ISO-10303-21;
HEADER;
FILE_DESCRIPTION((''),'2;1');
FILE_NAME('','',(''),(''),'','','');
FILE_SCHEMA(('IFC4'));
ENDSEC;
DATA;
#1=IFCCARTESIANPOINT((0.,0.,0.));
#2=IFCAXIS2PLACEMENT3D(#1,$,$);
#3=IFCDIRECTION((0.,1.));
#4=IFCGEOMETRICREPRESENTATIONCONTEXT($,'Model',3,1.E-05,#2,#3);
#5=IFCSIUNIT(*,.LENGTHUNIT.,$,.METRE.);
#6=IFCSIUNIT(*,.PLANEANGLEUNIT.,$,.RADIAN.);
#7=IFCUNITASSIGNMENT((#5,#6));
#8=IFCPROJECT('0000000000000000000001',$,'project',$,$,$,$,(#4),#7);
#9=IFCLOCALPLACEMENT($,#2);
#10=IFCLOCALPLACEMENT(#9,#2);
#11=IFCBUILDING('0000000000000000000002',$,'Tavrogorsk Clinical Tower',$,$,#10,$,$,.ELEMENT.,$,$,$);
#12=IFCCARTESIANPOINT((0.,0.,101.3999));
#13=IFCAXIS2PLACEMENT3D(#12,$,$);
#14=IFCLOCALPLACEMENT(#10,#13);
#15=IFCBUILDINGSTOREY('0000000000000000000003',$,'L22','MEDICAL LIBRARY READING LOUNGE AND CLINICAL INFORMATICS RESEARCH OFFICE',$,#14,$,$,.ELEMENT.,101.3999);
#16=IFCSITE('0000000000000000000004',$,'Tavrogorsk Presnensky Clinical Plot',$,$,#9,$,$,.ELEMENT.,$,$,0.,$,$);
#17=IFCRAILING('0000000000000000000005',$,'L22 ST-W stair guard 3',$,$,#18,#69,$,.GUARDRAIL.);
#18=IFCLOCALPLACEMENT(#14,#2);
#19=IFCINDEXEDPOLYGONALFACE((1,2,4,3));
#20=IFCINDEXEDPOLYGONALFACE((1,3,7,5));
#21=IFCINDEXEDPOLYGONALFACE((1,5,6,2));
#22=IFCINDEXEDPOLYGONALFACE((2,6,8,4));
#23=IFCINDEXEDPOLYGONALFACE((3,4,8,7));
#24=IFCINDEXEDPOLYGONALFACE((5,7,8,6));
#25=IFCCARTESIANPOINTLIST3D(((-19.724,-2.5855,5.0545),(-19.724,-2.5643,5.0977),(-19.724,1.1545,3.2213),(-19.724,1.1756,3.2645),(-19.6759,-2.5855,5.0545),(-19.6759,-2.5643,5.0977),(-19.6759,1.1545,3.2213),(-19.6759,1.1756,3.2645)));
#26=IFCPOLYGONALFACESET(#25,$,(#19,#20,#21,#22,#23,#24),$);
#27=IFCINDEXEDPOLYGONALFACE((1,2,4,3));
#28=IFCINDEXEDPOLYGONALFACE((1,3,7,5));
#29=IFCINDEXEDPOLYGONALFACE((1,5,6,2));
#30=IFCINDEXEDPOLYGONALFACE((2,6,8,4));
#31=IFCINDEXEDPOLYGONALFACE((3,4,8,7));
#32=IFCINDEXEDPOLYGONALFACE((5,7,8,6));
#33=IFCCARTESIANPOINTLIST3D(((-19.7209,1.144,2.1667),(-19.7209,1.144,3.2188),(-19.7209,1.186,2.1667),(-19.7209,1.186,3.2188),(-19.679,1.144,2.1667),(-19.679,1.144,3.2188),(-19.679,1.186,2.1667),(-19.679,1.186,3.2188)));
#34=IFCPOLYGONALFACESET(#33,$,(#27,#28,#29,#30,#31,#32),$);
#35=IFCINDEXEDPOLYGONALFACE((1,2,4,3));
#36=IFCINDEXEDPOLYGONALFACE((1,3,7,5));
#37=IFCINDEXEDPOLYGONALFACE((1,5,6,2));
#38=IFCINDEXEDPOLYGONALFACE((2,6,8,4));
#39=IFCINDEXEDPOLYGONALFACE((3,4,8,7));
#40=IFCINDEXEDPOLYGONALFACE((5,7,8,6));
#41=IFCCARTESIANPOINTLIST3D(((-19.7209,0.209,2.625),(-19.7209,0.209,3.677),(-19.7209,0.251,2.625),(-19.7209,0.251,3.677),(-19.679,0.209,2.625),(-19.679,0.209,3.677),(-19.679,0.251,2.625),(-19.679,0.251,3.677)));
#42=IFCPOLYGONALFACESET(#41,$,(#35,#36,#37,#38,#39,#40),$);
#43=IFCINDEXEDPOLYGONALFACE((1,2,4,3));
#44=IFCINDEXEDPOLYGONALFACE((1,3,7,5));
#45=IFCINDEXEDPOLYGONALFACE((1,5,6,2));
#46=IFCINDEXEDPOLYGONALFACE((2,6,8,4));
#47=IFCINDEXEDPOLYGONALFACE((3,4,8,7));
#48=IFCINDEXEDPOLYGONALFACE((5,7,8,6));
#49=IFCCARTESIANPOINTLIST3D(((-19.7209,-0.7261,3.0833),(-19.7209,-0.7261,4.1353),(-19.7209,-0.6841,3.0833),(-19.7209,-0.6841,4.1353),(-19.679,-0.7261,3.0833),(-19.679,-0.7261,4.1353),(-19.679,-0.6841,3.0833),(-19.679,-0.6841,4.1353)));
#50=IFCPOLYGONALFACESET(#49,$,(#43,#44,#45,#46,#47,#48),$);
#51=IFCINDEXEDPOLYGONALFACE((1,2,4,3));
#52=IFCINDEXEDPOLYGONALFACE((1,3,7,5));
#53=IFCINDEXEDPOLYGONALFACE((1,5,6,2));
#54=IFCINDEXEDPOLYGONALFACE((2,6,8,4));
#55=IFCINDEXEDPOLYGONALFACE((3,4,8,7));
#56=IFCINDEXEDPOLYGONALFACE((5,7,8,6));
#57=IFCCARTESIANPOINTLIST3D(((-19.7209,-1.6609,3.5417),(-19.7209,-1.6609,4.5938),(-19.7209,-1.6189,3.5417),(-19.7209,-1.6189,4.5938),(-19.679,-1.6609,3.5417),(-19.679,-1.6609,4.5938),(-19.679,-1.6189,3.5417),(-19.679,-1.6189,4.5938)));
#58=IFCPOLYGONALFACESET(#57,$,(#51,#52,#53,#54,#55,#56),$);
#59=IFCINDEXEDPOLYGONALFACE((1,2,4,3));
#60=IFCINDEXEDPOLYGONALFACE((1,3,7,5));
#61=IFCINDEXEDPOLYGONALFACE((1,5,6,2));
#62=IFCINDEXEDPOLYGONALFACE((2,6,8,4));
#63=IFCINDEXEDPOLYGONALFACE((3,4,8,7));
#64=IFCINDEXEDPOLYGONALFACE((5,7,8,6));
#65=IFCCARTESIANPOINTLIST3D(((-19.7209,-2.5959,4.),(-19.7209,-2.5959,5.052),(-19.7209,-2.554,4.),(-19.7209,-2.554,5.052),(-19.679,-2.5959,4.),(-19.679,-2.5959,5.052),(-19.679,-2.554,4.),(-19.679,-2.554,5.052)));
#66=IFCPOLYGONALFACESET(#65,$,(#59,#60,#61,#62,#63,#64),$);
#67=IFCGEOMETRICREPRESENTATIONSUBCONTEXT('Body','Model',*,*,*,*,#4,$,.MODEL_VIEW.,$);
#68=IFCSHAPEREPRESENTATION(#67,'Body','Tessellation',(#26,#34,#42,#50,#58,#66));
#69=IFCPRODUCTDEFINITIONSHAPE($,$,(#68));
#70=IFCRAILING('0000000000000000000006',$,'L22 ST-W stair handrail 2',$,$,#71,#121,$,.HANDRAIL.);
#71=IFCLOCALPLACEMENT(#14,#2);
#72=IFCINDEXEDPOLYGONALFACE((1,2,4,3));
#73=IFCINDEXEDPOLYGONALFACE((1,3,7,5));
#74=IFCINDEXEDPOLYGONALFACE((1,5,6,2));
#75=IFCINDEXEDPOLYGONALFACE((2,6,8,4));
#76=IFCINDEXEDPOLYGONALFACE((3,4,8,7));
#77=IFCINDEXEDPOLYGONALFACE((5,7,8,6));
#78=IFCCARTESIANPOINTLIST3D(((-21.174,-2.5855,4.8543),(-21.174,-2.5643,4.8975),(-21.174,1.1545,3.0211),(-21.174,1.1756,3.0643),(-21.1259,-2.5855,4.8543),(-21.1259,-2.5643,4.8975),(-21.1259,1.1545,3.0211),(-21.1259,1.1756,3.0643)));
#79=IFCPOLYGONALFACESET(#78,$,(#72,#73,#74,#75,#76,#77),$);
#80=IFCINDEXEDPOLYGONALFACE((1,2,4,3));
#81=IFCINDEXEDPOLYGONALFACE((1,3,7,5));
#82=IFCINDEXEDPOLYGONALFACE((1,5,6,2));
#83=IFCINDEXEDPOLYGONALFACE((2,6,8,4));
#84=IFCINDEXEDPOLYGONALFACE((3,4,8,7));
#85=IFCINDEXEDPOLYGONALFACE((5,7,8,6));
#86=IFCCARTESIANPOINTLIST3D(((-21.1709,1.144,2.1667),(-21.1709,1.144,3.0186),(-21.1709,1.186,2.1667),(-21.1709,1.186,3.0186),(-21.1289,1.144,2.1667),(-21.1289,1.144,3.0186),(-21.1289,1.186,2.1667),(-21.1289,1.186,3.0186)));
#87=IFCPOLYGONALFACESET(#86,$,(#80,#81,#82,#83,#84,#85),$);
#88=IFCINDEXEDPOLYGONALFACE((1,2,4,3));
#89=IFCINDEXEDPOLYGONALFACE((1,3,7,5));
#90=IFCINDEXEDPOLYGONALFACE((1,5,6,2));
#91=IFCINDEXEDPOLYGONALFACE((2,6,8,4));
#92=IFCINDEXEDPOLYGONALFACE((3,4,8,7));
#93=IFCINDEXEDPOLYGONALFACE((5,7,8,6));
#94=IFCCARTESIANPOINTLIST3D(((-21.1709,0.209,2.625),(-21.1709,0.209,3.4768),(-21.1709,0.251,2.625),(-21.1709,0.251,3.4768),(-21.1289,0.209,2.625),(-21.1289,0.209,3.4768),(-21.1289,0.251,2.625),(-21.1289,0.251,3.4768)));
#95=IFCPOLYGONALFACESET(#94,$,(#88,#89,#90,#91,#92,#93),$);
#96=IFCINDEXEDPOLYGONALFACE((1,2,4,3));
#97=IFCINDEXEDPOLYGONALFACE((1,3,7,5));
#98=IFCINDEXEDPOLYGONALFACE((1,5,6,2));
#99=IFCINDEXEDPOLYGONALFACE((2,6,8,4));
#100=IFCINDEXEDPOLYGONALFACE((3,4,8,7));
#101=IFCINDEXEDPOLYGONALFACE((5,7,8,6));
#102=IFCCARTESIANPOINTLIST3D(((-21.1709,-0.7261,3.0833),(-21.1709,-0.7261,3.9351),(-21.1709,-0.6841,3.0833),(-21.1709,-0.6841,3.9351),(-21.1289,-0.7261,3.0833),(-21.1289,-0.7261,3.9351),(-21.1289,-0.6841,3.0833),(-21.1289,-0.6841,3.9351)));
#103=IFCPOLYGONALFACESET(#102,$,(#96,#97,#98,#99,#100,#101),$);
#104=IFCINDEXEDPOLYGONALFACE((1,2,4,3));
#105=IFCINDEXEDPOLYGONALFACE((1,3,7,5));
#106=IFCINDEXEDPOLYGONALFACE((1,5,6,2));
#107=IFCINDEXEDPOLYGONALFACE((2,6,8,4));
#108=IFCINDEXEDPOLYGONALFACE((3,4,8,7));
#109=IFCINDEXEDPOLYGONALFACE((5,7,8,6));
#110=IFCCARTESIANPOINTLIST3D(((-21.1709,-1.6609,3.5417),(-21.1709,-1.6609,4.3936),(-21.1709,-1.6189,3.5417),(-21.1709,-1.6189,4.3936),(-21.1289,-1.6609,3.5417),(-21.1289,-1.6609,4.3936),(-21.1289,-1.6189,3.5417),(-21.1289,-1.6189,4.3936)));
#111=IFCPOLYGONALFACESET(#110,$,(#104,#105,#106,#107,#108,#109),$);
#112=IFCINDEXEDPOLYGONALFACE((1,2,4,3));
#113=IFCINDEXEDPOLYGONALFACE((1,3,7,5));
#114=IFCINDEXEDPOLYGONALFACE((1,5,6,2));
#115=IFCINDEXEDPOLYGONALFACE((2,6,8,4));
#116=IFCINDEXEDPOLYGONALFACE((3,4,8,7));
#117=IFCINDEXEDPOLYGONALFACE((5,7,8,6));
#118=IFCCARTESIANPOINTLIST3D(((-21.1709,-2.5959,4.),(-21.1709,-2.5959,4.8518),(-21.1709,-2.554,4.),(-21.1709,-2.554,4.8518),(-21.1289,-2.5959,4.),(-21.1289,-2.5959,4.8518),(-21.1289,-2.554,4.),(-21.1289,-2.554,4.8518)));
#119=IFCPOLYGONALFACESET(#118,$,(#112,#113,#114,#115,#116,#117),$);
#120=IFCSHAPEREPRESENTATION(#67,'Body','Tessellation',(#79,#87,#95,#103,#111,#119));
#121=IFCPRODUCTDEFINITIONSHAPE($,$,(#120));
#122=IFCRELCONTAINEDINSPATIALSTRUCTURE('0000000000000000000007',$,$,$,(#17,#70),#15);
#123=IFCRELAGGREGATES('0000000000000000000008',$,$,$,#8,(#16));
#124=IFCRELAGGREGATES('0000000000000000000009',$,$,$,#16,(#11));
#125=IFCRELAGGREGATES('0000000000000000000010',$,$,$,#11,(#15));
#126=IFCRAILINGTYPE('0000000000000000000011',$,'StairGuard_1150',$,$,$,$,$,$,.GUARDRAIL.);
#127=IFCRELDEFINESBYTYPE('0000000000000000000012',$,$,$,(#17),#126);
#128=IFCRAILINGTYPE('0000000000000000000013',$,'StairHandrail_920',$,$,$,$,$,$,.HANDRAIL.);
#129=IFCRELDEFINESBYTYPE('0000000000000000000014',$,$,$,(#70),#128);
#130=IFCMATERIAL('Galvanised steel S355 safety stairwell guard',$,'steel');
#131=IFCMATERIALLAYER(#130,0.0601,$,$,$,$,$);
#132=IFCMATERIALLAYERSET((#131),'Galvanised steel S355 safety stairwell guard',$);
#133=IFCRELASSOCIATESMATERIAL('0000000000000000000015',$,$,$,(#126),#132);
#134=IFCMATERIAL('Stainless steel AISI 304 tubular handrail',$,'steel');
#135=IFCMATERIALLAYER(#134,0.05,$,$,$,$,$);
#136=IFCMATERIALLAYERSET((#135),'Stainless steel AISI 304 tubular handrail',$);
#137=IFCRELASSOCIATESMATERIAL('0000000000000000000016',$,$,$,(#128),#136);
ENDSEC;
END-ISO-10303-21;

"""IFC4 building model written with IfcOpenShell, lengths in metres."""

from ifc_helpers import new_model, si_unit, direction, frame, origin, origin_2d, place, context, subcontext, project, spatial, rectangle, extrude, material, layer, layer_set, type_object, element, save


model = new_model("IFC4")

# Units and contexts
model_context = context("Model", 3, precision=1e-05, world=origin(), true_north=direction((0.0, 1.0)))
body_context = subcontext(model_context, "Body", "Model", "MODEL_VIEW")
ifc_project = project(units=[si_unit("LENGTHUNIT", "METRE"), si_unit("PLANEANGLEUNIT", "RADIAN")], contexts=[model_context])

# Site, building, storey
site_placement = place(None, origin())
site = spatial("IfcSite", under=ifc_project, at=site_placement, Name="Tavrogorsk Presnensky Clinical Plot", CompositionType="ELEMENT", RefElevation=0.0)
building_placement = place(site_placement, origin())
building = spatial("IfcBuilding", under=site, at=building_placement, Name="Tavrogorsk Clinical Tower", CompositionType="ELEMENT")
storey_placement = place(building_placement, frame((0.0, 0.0, 101.3999)))
storey = spatial("IfcBuildingStorey", under=building, at=storey_placement, Name="L22", Description="MEDICAL LIBRARY READING LOUNGE AND CLINICAL INFORMATICS RESEARCH OFFICE", CompositionType="ELEMENT", Elevation=101.3999)

# Railings
ifc_material_1 = material(Name="Galvanised steel S355 safety stairwell guard", Category="steel")
ifc_layer_1 = layer(ifc_material_1, 0.0601)
ifc_layer_set_1 = layer_set([ifc_layer_1], Name="Galvanised steel S355 safety stairwell guard")
railing_type_1 = type_object("IfcRailingType", Name="StairGuard_1150", PredefinedType="GUARDRAIL", material=ifc_layer_set_1)
railing_1_placement = place(storey_placement, frame((-19.7, 1.165, 2.1667)))
element("IfcRailing", 1, at=railing_1_placement, inside=storey, type_object=railing_type_1, Name="L22 ST-W stair guard 3", PredefinedType="GUARDRAIL", context=body_context, shape_type="SweptSolid", body=[
    extrude(rectangle(XDim=0.0481, YDim=0.0481, at=origin_2d()), frame((0.0, 0.0, 1.0762), z_axis=(0.0, -0.897928, 0.440142), x_axis=(1.0, 0.0, 0.0)), (0.0, 0.0, 1.0), 4.165),
    extrude(rectangle(XDim=0.042, YDim=0.042, at=origin_2d()), origin(), (0.0, 0.0, 1.0), 1.052),
    extrude(rectangle(XDim=0.042, YDim=0.042, at=origin_2d()), frame((0.0, -0.9351, 0.4583)), (0.0, 0.0, 1.0), 1.052),
    extrude(rectangle(XDim=0.042, YDim=0.042, at=origin_2d()), frame((0.0, -1.8701, 0.9165)), (0.0, 0.0, 1.0), 1.052),
    extrude(rectangle(XDim=0.042, YDim=0.042, at=origin_2d()), frame((0.0, -2.8049, 1.375)), (0.0, 0.0, 1.0), 1.052),
    extrude(rectangle(XDim=0.042, YDim=0.042, at=origin_2d()), frame((0.0, -3.74, 1.8333)), (0.0, 0.0, 1.0), 1.052),
])
ifc_material_2 = material(Name="Stainless steel AISI 304 tubular handrail", Category="steel")
ifc_layer_2 = layer(ifc_material_2, 0.05)
ifc_layer_set_2 = layer_set([ifc_layer_2], Name="Stainless steel AISI 304 tubular handrail")
railing_type_2 = type_object("IfcRailingType", Name="StairHandrail_920", PredefinedType="HANDRAIL", material=ifc_layer_set_2)
railing_2_placement = place(storey_placement, frame((-21.1499, 1.165, 2.1667)))
element("IfcRailing", 2, at=railing_2_placement, inside=storey, type_object=railing_type_2, Name="L22 ST-W stair handrail 2", PredefinedType="HANDRAIL", context=body_context, shape_type="SweptSolid", body=[
    extrude(rectangle(XDim=0.0481, YDim=0.0481, at=origin_2d()), frame((0.0, 0.0, 0.876), z_axis=(0.0, -0.897928, 0.440142), x_axis=(1.0, 0.0, 0.0)), (0.0, 0.0, 1.0), 4.165),
    extrude(rectangle(XDim=0.042, YDim=0.042, at=origin_2d()), origin(), (0.0, 0.0, 1.0), 0.8518),
    extrude(rectangle(XDim=0.042, YDim=0.042, at=origin_2d()), frame((0.0, -0.9351, 0.4583)), (0.0, 0.0, 1.0), 0.8518),
    extrude(rectangle(XDim=0.042, YDim=0.042, at=origin_2d()), frame((0.0, -1.8701, 0.9165)), (0.0, 0.0, 1.0), 0.8518),
    extrude(rectangle(XDim=0.042, YDim=0.042, at=origin_2d()), frame((0.0, -2.8049, 1.375)), (0.0, 0.0, 1.0), 0.8518),
    extrude(rectangle(XDim=0.042, YDim=0.042, at=origin_2d()), frame((0.0, -3.74, 1.8333)), (0.0, 0.0, 1.0), 0.8518),
])

save(model, "model.ifc")
